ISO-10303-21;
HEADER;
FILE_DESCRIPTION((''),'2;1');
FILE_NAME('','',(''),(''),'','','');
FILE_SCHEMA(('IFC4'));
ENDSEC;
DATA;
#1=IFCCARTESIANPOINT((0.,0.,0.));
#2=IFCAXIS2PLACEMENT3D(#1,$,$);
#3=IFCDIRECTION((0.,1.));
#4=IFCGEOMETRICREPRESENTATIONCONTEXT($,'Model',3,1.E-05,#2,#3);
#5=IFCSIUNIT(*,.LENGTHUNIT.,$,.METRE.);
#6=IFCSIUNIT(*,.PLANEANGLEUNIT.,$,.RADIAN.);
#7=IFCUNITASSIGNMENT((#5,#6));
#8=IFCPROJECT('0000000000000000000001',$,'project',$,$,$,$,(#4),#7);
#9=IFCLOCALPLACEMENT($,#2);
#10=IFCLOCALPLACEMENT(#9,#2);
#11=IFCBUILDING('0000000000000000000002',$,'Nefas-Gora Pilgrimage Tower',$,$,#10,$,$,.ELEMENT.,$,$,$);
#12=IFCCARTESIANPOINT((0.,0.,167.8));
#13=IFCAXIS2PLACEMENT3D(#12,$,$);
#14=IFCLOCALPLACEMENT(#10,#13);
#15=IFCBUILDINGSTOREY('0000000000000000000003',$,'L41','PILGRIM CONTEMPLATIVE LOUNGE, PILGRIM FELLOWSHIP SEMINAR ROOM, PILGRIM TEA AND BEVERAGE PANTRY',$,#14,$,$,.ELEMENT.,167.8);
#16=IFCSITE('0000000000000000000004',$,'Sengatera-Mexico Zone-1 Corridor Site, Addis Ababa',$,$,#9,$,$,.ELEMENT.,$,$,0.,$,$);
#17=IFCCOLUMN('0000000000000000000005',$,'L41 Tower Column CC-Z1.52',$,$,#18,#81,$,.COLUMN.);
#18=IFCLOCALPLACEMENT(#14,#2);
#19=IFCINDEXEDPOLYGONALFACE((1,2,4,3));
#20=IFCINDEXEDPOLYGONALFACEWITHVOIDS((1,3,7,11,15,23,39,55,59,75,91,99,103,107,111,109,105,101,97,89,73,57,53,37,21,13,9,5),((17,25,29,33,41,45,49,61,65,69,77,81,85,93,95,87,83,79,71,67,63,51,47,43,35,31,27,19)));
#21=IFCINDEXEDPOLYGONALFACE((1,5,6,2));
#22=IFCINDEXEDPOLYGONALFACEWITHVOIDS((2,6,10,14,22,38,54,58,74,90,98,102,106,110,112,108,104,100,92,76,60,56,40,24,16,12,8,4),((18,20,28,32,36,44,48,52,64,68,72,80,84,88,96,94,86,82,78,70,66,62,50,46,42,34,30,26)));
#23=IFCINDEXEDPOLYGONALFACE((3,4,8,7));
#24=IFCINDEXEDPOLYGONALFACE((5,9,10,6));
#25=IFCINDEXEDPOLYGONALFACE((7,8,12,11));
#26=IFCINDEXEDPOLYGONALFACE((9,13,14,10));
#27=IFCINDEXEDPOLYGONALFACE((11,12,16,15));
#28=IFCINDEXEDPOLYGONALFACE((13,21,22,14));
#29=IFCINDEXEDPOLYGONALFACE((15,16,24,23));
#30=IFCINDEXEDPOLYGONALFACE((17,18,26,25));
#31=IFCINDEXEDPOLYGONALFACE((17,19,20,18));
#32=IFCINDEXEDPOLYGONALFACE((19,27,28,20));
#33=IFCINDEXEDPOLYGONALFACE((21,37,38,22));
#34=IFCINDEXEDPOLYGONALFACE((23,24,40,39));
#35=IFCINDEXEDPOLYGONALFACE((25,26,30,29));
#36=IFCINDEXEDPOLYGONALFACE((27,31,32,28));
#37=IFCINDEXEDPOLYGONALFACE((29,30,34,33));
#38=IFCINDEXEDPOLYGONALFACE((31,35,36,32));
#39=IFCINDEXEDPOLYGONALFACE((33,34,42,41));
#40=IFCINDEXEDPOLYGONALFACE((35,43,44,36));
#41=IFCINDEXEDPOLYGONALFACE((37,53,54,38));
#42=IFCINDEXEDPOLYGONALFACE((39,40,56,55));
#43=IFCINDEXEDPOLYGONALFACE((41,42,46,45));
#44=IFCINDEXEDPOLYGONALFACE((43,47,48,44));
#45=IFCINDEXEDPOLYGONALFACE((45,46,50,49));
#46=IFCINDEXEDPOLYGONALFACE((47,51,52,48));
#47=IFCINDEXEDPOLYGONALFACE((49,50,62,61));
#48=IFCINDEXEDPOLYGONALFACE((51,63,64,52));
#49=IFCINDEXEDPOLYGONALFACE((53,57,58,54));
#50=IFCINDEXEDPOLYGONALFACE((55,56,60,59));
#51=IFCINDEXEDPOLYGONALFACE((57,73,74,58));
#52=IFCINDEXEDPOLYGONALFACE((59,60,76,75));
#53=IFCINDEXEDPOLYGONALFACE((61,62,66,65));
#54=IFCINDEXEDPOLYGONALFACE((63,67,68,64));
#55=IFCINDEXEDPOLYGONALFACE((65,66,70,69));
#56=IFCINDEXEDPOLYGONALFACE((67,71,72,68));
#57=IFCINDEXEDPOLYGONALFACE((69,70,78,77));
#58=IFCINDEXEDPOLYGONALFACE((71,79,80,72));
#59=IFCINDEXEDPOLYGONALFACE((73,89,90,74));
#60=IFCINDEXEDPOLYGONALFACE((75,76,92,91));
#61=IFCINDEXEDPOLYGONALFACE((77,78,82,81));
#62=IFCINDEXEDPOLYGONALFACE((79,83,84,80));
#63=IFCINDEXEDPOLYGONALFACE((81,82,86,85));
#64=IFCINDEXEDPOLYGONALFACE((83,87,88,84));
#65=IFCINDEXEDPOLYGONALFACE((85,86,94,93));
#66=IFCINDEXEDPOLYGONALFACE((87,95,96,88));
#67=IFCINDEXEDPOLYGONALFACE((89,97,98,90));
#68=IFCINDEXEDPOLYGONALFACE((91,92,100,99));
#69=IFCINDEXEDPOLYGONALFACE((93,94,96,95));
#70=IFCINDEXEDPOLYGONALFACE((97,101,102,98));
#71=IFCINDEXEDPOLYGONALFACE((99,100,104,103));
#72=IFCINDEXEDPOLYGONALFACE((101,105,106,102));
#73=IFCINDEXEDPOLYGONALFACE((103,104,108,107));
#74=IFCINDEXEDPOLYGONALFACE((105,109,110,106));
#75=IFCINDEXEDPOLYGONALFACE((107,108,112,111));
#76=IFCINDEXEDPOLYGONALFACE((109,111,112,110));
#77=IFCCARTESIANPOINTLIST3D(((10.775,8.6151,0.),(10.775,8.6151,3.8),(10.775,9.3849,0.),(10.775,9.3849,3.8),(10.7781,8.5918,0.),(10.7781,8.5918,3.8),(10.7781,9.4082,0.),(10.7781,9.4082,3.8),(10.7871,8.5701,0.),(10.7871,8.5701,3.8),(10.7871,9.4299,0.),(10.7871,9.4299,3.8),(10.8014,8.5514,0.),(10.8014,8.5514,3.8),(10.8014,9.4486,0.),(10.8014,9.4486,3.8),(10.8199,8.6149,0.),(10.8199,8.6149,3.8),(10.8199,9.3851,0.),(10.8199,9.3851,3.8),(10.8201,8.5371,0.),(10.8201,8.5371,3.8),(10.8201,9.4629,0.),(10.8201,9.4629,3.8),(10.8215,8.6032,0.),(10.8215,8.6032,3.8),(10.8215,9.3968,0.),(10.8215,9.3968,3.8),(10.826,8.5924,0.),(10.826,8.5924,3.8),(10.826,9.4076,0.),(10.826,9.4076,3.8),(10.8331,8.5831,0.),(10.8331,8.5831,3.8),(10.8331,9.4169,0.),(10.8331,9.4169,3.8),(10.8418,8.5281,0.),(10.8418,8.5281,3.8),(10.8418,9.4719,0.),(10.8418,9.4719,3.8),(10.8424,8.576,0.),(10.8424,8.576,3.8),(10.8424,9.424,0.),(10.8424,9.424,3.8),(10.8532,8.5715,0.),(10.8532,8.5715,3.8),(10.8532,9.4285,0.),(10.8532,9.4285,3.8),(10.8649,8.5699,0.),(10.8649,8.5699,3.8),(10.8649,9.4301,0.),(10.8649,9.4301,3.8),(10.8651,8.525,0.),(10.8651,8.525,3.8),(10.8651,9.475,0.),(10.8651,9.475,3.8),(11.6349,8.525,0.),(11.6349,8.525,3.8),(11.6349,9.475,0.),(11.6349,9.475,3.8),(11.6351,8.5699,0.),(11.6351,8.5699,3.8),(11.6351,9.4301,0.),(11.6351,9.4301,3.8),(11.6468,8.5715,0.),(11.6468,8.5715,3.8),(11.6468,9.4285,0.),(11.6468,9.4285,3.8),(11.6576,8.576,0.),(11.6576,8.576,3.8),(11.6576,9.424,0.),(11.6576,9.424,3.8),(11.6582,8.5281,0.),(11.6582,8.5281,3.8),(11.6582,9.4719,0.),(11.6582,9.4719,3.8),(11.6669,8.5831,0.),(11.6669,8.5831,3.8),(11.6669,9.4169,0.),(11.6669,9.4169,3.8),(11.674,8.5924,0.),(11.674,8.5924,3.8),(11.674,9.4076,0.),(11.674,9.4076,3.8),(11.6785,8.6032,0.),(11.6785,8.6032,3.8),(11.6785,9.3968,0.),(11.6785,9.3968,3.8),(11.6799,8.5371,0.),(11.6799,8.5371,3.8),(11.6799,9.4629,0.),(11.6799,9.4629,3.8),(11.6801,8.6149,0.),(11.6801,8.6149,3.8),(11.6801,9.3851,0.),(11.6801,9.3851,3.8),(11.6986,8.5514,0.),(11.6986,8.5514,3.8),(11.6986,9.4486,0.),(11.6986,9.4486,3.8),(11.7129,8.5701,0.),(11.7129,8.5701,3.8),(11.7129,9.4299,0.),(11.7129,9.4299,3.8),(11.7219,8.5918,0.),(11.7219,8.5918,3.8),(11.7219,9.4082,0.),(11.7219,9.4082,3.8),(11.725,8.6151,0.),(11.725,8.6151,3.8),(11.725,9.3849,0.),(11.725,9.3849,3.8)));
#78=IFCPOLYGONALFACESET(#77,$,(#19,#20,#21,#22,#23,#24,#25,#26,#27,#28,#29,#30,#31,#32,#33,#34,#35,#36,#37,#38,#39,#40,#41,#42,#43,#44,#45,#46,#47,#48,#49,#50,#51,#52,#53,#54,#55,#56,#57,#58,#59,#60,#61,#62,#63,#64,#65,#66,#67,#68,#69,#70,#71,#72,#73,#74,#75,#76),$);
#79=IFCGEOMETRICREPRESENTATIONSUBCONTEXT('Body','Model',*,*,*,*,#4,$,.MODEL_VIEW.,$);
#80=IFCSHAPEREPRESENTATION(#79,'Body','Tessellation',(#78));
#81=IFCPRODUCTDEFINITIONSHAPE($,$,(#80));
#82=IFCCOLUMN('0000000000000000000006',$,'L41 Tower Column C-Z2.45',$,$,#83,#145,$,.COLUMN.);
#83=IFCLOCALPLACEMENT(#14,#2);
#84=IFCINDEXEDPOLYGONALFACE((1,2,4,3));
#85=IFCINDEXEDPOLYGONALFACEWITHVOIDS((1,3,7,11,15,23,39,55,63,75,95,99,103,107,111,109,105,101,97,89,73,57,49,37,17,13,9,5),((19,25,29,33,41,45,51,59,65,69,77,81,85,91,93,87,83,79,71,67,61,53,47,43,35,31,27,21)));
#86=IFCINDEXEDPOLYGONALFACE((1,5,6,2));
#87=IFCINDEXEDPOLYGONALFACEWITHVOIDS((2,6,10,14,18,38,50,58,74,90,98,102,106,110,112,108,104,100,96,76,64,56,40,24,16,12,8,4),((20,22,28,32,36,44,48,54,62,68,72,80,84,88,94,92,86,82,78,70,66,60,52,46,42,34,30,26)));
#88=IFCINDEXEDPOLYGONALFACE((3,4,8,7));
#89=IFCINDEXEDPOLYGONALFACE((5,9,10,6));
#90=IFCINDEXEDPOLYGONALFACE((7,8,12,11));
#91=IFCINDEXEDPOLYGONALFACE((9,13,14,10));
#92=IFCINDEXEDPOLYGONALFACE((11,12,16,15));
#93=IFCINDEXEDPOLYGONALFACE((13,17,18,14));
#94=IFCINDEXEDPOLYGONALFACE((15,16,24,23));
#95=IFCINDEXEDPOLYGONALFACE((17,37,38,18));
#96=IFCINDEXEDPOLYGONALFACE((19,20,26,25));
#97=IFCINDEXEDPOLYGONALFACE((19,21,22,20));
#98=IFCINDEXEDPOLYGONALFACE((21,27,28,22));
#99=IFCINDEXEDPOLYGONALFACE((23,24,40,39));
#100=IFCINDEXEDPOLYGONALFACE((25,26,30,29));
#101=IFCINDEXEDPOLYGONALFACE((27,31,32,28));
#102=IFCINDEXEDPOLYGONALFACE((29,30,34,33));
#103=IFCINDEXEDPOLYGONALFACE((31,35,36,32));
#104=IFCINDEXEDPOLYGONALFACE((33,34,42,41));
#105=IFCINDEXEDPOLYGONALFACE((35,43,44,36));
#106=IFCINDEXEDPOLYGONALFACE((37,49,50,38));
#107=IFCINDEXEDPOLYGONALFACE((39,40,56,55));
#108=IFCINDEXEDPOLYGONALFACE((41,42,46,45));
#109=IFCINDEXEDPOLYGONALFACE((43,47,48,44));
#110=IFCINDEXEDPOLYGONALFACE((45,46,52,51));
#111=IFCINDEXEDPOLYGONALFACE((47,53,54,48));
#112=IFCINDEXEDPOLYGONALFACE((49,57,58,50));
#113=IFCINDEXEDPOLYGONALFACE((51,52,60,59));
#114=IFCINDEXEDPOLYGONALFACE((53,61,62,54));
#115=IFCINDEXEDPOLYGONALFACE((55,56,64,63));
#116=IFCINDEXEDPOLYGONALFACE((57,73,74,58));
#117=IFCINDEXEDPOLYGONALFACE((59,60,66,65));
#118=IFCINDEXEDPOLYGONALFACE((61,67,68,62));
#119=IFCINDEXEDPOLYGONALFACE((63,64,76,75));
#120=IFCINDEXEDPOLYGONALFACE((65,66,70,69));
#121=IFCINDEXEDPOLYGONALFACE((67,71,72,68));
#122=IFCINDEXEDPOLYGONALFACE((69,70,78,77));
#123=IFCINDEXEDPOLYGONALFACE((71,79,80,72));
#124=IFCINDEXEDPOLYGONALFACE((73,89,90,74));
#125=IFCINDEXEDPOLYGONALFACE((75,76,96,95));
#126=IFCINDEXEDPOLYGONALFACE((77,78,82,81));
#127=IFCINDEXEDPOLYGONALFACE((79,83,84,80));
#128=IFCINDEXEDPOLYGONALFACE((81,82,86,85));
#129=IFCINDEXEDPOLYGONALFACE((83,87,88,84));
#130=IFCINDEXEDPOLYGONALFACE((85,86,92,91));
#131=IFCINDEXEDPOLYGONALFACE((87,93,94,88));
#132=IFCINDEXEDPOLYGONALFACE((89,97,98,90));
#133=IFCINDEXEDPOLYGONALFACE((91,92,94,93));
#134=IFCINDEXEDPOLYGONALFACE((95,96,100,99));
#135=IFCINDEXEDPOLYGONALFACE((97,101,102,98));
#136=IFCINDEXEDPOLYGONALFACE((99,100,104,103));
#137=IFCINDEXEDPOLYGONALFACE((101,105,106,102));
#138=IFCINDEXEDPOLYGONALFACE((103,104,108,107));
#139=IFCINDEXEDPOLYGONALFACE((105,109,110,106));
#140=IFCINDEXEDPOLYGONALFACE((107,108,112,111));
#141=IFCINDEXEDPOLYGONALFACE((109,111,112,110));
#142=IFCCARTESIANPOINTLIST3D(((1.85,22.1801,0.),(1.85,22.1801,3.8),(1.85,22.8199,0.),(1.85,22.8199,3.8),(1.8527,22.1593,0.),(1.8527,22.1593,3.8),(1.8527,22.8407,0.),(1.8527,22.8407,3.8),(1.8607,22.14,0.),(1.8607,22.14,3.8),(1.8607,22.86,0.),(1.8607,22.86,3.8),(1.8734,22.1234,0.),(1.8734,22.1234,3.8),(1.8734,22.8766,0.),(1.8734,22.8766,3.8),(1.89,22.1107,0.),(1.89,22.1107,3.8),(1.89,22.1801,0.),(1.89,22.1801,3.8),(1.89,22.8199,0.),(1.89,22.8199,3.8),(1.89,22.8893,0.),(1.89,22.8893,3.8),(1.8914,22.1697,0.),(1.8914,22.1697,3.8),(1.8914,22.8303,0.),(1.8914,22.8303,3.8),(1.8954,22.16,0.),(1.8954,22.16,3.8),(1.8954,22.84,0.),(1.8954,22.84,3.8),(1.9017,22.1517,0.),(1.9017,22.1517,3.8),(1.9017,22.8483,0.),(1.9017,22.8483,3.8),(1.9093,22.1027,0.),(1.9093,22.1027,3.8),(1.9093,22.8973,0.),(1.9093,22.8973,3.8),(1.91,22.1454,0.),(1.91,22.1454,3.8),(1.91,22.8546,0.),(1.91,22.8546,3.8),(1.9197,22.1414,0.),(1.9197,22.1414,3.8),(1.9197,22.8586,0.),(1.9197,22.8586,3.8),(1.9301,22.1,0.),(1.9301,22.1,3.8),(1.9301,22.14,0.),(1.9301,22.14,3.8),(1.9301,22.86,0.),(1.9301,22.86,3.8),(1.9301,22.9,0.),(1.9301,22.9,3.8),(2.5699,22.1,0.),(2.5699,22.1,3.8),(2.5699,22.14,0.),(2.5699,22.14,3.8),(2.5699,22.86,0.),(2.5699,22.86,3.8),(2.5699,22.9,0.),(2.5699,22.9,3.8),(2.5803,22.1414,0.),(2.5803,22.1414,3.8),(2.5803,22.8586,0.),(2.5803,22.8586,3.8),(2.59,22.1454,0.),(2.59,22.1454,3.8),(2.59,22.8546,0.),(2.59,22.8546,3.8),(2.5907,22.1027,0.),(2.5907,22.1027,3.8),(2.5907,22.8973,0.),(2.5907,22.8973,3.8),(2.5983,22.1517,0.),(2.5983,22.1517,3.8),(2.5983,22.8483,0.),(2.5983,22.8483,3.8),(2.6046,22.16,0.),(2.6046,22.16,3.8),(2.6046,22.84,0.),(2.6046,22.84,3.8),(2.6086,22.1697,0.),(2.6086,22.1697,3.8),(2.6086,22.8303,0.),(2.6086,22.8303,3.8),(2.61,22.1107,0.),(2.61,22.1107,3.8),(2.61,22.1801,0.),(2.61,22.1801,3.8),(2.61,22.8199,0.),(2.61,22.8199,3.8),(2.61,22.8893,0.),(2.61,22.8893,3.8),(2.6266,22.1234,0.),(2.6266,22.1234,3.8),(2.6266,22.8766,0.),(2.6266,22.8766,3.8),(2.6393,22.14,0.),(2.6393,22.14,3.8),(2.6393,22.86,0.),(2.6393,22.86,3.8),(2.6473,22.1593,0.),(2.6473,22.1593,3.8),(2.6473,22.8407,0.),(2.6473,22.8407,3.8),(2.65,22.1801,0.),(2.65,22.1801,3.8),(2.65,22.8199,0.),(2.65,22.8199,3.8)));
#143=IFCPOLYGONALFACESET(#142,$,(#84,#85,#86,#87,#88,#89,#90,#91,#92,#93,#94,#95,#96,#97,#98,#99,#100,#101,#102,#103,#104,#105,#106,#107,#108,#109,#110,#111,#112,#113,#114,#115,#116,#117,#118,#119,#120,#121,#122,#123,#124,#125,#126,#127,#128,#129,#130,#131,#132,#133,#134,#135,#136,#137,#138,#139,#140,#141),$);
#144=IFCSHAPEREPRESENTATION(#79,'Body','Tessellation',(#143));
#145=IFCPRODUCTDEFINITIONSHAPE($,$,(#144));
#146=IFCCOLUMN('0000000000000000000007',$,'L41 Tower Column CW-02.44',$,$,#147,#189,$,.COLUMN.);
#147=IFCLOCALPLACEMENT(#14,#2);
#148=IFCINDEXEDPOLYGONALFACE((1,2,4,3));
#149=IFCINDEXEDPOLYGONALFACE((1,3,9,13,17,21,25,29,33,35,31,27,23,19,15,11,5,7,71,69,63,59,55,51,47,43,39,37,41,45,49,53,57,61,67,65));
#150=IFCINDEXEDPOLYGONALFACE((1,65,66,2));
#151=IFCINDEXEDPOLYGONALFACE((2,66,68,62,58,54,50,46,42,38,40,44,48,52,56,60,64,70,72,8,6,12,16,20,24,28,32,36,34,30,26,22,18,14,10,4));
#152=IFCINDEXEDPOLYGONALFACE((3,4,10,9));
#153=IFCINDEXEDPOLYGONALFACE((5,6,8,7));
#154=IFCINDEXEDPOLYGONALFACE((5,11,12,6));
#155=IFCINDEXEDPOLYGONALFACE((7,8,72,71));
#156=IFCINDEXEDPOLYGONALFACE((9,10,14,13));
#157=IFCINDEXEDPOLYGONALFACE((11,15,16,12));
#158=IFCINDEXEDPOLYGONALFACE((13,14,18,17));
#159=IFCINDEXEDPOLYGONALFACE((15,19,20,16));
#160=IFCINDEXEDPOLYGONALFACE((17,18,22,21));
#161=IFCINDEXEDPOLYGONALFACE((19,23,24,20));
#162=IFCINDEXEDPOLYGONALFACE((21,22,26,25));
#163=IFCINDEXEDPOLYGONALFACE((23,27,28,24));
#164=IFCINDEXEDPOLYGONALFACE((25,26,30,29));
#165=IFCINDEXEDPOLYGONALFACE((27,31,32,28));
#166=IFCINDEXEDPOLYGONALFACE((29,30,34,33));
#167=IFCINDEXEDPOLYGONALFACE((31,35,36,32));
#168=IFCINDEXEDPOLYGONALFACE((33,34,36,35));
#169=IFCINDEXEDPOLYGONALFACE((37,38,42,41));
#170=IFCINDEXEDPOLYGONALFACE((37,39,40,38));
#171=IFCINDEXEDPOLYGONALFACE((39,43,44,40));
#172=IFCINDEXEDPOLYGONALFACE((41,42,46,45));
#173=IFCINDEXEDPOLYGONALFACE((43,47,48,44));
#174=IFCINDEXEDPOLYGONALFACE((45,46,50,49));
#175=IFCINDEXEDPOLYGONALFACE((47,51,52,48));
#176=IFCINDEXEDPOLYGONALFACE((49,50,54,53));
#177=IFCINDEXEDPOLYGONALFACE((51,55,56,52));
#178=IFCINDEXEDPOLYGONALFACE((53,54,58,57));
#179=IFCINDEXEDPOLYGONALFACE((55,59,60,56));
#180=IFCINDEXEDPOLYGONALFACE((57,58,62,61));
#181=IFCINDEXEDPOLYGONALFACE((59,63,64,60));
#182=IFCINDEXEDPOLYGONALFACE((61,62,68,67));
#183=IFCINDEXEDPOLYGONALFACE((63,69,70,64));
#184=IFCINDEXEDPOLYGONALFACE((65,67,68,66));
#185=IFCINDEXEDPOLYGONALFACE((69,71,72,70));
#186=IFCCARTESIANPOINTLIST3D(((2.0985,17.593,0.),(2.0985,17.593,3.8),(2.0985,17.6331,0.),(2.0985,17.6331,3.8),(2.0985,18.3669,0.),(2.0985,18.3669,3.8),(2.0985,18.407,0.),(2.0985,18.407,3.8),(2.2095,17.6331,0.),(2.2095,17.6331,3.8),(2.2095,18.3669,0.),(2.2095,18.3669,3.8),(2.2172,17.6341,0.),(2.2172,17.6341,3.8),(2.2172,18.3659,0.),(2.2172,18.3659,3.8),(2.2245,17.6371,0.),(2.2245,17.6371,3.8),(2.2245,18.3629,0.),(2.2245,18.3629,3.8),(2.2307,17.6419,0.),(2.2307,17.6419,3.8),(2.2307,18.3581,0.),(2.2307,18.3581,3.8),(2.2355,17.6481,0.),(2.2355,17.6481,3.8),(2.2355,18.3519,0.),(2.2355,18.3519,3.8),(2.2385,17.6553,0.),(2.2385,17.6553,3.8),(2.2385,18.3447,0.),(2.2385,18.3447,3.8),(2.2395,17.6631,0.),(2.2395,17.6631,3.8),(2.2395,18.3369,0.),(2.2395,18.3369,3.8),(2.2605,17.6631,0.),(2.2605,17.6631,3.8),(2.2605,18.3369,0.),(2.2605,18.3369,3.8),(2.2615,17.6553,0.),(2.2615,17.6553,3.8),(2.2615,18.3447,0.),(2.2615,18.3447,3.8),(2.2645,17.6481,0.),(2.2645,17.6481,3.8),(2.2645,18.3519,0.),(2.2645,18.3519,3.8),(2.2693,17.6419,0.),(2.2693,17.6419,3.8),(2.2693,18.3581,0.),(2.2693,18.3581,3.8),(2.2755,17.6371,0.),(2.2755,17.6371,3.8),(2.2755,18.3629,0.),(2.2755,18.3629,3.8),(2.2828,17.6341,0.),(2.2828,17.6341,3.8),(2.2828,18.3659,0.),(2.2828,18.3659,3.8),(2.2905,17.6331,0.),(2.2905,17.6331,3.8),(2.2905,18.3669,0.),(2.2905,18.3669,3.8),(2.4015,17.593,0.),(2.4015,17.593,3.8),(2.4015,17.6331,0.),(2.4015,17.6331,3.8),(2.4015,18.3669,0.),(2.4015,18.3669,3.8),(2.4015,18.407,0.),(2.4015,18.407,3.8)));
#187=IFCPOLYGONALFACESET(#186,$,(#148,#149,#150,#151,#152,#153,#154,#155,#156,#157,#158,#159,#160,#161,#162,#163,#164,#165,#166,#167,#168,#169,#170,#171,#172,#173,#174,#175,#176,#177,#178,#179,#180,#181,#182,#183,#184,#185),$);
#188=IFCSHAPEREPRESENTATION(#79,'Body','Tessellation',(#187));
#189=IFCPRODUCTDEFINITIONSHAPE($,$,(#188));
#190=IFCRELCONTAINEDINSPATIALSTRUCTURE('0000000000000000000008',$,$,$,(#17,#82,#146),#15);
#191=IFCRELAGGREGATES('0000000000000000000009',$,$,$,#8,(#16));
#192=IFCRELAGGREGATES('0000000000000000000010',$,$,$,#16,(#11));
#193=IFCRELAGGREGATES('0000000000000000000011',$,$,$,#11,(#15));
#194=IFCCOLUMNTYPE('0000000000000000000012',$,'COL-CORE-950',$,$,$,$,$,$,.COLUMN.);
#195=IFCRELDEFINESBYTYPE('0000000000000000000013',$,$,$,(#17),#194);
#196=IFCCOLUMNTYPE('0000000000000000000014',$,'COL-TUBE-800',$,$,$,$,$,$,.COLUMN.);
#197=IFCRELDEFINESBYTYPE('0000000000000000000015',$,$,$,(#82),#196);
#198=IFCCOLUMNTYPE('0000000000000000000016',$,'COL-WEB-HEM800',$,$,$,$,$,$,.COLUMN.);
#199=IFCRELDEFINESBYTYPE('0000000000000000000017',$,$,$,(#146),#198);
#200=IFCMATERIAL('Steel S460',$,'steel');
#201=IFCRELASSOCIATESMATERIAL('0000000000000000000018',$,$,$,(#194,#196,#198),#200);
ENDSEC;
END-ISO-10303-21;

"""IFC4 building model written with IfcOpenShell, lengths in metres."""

from ifc_helpers import new_model, si_unit, direction, frame, origin, origin_2d, place, context, subcontext, project, spatial, hollow_rectangle, i_section, extrude, source, transform, mapped, material, material_profile, profile_set, type_object, element, save


model = new_model("IFC4")

# Units and contexts
model_context = context("Model", 3, precision=1e-05, world=origin(), true_north=direction((0.0, 1.0)))
body_context = subcontext(model_context, "Body", "Model", "MODEL_VIEW")
ifc_project = project(units=[si_unit("LENGTHUNIT", "METRE"), si_unit("PLANEANGLEUNIT", "RADIAN")], contexts=[model_context])

# Site, building, storey
site_placement = place(None, origin())
site = spatial("IfcSite", under=ifc_project, at=site_placement, Name="Sengatera-Mexico Zone-1 Corridor Site, Addis Ababa", CompositionType="ELEMENT", RefElevation=0.0)
building_placement = place(site_placement, origin())
building = spatial("IfcBuilding", under=site, at=building_placement, Name="Nefas-Gora Pilgrimage Tower", CompositionType="ELEMENT")
storey_placement = place(building_placement, frame((0.0, 0.0, 167.8)))
storey = spatial("IfcBuildingStorey", under=building, at=storey_placement, Name="L41", Description="PILGRIM CONTEMPLATIVE LOUNGE, PILGRIM FELLOWSHIP SEMINAR ROOM, PILGRIM TEA AND BEVERAGE PANTRY", CompositionType="ELEMENT", Elevation=167.8)

# Columns
ifc_material_1 = material(Name="Steel S460", Category="steel")
ifc_material_profile_1 = material_profile(ifc_material_1, hollow_rectangle(XDim=0.95, YDim=0.95, WallThickness=0.0449, InnerFilletRadius=0.0449, OuterFilletRadius=0.0901, at=origin_2d()), Name="BOX 950x950x45")
ifc_profile_set_1 = profile_set([ifc_material_profile_1], Name="Steel S460")
column_type_1 = type_object("IfcColumnType", Name="COL-CORE-950", PredefinedType="COLUMN", material=ifc_profile_set_1)
shared_shape_1 = source(origin(), body_context, "Body", "SweptSolid", [
    extrude(hollow_rectangle(XDim=0.95, YDim=0.95, WallThickness=0.0449, InnerFilletRadius=0.0449, OuterFilletRadius=0.0901, at=origin_2d()), origin(), (0.0, 0.0, 1.0), 3.8),
])
column_1_placement = place(storey_placement, frame((11.25, 9.0, 0.0), z_axis=(0.0, 0.0, 1.0), x_axis=(1.0, 0.0, 0.0)))
element("IfcColumn", 1, at=column_1_placement, inside=storey, type_object=column_type_1, Name="L41 Tower Column CC-Z1.52", PredefinedType="COLUMN", context=body_context, shape_type="MappedRepresentation", body=[
    mapped(shared_shape_1, transform((0.0, 0.0, 0.0), x_axis=(1.0, 0.0, 0.0), y_axis=(0.0, 1.0, 0.0), z_axis=(0.0, 0.0, 1.0), scale=1.0)),
])
ifc_material_profile_2 = material_profile(ifc_material_1, hollow_rectangle(XDim=0.8, YDim=0.8, WallThickness=0.04, InnerFilletRadius=0.04, OuterFilletRadius=0.0801, at=origin_2d()), Name="BOX 800x800x40")
ifc_profile_set_2 = profile_set([ifc_material_profile_2], Name="Steel S460")
column_type_2 = type_object("IfcColumnType", Name="COL-TUBE-800", PredefinedType="COLUMN", material=ifc_profile_set_2)
shared_shape_2 = source(origin(), body_context, "Body", "SweptSolid", [
    extrude(hollow_rectangle(XDim=0.8, YDim=0.8, WallThickness=0.04, InnerFilletRadius=0.04, OuterFilletRadius=0.0801, at=origin_2d()), origin(), (0.0, 0.0, 1.0), 3.8),
])
column_2_placement = place(storey_placement, frame((2.25, 22.5, 0.0), z_axis=(0.0, 0.0, 1.0), x_axis=(1.0, 0.0, 0.0)))
element("IfcColumn", 2, at=column_2_placement, inside=storey, type_object=column_type_2, Name="L41 Tower Column C-Z2.45", PredefinedType="COLUMN", context=body_context, shape_type="MappedRepresentation", body=[
    mapped(shared_shape_2, transform((0.0, 0.0, 0.0), x_axis=(1.0, 0.0, 0.0), y_axis=(0.0, 1.0, 0.0), z_axis=(0.0, 0.0, 1.0), scale=1.0)),
])
ifc_material_profile_3 = material_profile(ifc_material_1, i_section(OverallWidth=0.303, OverallDepth=0.814, WebThickness=0.021, FlangeThickness=0.04, FilletRadius=0.03, at=origin_2d()), Name="HEM 800")
ifc_profile_set_3 = profile_set([ifc_material_profile_3], Name="Steel S460")
column_type_3 = type_object("IfcColumnType", Name="COL-WEB-HEM800", PredefinedType="COLUMN", material=ifc_profile_set_3)
shared_shape_3 = source(origin(), body_context, "Body", "SweptSolid", [
    extrude(i_section(OverallWidth=0.303, OverallDepth=0.814, WebThickness=0.021, FlangeThickness=0.04, FilletRadius=0.03, at=origin_2d()), origin(), (0.0, 0.0, 1.0), 3.8),
])
for number, where, z_axis, x_axis, name in (
    (3, (2.25, 18.0, 0.0), (0.0, 0.0, 1.0), (1.0, 0.0, 0.0), "L41 Tower Column CW-02.44"),
):
    element("IfcColumn", number, at=place(storey_placement, frame(where, z_axis=z_axis, x_axis=x_axis)), inside=storey, type_object=column_type_3, Name=name, PredefinedType="COLUMN", context=body_context, shape_type="MappedRepresentation", body=[
        mapped(shared_shape_3, transform((0.0, 0.0, 0.0), x_axis=(1.0, 0.0, 0.0), y_axis=(0.0, 1.0, 0.0), z_axis=(0.0, 0.0, 1.0), scale=1.0)),
    ])

save(model, "model.ifc")
